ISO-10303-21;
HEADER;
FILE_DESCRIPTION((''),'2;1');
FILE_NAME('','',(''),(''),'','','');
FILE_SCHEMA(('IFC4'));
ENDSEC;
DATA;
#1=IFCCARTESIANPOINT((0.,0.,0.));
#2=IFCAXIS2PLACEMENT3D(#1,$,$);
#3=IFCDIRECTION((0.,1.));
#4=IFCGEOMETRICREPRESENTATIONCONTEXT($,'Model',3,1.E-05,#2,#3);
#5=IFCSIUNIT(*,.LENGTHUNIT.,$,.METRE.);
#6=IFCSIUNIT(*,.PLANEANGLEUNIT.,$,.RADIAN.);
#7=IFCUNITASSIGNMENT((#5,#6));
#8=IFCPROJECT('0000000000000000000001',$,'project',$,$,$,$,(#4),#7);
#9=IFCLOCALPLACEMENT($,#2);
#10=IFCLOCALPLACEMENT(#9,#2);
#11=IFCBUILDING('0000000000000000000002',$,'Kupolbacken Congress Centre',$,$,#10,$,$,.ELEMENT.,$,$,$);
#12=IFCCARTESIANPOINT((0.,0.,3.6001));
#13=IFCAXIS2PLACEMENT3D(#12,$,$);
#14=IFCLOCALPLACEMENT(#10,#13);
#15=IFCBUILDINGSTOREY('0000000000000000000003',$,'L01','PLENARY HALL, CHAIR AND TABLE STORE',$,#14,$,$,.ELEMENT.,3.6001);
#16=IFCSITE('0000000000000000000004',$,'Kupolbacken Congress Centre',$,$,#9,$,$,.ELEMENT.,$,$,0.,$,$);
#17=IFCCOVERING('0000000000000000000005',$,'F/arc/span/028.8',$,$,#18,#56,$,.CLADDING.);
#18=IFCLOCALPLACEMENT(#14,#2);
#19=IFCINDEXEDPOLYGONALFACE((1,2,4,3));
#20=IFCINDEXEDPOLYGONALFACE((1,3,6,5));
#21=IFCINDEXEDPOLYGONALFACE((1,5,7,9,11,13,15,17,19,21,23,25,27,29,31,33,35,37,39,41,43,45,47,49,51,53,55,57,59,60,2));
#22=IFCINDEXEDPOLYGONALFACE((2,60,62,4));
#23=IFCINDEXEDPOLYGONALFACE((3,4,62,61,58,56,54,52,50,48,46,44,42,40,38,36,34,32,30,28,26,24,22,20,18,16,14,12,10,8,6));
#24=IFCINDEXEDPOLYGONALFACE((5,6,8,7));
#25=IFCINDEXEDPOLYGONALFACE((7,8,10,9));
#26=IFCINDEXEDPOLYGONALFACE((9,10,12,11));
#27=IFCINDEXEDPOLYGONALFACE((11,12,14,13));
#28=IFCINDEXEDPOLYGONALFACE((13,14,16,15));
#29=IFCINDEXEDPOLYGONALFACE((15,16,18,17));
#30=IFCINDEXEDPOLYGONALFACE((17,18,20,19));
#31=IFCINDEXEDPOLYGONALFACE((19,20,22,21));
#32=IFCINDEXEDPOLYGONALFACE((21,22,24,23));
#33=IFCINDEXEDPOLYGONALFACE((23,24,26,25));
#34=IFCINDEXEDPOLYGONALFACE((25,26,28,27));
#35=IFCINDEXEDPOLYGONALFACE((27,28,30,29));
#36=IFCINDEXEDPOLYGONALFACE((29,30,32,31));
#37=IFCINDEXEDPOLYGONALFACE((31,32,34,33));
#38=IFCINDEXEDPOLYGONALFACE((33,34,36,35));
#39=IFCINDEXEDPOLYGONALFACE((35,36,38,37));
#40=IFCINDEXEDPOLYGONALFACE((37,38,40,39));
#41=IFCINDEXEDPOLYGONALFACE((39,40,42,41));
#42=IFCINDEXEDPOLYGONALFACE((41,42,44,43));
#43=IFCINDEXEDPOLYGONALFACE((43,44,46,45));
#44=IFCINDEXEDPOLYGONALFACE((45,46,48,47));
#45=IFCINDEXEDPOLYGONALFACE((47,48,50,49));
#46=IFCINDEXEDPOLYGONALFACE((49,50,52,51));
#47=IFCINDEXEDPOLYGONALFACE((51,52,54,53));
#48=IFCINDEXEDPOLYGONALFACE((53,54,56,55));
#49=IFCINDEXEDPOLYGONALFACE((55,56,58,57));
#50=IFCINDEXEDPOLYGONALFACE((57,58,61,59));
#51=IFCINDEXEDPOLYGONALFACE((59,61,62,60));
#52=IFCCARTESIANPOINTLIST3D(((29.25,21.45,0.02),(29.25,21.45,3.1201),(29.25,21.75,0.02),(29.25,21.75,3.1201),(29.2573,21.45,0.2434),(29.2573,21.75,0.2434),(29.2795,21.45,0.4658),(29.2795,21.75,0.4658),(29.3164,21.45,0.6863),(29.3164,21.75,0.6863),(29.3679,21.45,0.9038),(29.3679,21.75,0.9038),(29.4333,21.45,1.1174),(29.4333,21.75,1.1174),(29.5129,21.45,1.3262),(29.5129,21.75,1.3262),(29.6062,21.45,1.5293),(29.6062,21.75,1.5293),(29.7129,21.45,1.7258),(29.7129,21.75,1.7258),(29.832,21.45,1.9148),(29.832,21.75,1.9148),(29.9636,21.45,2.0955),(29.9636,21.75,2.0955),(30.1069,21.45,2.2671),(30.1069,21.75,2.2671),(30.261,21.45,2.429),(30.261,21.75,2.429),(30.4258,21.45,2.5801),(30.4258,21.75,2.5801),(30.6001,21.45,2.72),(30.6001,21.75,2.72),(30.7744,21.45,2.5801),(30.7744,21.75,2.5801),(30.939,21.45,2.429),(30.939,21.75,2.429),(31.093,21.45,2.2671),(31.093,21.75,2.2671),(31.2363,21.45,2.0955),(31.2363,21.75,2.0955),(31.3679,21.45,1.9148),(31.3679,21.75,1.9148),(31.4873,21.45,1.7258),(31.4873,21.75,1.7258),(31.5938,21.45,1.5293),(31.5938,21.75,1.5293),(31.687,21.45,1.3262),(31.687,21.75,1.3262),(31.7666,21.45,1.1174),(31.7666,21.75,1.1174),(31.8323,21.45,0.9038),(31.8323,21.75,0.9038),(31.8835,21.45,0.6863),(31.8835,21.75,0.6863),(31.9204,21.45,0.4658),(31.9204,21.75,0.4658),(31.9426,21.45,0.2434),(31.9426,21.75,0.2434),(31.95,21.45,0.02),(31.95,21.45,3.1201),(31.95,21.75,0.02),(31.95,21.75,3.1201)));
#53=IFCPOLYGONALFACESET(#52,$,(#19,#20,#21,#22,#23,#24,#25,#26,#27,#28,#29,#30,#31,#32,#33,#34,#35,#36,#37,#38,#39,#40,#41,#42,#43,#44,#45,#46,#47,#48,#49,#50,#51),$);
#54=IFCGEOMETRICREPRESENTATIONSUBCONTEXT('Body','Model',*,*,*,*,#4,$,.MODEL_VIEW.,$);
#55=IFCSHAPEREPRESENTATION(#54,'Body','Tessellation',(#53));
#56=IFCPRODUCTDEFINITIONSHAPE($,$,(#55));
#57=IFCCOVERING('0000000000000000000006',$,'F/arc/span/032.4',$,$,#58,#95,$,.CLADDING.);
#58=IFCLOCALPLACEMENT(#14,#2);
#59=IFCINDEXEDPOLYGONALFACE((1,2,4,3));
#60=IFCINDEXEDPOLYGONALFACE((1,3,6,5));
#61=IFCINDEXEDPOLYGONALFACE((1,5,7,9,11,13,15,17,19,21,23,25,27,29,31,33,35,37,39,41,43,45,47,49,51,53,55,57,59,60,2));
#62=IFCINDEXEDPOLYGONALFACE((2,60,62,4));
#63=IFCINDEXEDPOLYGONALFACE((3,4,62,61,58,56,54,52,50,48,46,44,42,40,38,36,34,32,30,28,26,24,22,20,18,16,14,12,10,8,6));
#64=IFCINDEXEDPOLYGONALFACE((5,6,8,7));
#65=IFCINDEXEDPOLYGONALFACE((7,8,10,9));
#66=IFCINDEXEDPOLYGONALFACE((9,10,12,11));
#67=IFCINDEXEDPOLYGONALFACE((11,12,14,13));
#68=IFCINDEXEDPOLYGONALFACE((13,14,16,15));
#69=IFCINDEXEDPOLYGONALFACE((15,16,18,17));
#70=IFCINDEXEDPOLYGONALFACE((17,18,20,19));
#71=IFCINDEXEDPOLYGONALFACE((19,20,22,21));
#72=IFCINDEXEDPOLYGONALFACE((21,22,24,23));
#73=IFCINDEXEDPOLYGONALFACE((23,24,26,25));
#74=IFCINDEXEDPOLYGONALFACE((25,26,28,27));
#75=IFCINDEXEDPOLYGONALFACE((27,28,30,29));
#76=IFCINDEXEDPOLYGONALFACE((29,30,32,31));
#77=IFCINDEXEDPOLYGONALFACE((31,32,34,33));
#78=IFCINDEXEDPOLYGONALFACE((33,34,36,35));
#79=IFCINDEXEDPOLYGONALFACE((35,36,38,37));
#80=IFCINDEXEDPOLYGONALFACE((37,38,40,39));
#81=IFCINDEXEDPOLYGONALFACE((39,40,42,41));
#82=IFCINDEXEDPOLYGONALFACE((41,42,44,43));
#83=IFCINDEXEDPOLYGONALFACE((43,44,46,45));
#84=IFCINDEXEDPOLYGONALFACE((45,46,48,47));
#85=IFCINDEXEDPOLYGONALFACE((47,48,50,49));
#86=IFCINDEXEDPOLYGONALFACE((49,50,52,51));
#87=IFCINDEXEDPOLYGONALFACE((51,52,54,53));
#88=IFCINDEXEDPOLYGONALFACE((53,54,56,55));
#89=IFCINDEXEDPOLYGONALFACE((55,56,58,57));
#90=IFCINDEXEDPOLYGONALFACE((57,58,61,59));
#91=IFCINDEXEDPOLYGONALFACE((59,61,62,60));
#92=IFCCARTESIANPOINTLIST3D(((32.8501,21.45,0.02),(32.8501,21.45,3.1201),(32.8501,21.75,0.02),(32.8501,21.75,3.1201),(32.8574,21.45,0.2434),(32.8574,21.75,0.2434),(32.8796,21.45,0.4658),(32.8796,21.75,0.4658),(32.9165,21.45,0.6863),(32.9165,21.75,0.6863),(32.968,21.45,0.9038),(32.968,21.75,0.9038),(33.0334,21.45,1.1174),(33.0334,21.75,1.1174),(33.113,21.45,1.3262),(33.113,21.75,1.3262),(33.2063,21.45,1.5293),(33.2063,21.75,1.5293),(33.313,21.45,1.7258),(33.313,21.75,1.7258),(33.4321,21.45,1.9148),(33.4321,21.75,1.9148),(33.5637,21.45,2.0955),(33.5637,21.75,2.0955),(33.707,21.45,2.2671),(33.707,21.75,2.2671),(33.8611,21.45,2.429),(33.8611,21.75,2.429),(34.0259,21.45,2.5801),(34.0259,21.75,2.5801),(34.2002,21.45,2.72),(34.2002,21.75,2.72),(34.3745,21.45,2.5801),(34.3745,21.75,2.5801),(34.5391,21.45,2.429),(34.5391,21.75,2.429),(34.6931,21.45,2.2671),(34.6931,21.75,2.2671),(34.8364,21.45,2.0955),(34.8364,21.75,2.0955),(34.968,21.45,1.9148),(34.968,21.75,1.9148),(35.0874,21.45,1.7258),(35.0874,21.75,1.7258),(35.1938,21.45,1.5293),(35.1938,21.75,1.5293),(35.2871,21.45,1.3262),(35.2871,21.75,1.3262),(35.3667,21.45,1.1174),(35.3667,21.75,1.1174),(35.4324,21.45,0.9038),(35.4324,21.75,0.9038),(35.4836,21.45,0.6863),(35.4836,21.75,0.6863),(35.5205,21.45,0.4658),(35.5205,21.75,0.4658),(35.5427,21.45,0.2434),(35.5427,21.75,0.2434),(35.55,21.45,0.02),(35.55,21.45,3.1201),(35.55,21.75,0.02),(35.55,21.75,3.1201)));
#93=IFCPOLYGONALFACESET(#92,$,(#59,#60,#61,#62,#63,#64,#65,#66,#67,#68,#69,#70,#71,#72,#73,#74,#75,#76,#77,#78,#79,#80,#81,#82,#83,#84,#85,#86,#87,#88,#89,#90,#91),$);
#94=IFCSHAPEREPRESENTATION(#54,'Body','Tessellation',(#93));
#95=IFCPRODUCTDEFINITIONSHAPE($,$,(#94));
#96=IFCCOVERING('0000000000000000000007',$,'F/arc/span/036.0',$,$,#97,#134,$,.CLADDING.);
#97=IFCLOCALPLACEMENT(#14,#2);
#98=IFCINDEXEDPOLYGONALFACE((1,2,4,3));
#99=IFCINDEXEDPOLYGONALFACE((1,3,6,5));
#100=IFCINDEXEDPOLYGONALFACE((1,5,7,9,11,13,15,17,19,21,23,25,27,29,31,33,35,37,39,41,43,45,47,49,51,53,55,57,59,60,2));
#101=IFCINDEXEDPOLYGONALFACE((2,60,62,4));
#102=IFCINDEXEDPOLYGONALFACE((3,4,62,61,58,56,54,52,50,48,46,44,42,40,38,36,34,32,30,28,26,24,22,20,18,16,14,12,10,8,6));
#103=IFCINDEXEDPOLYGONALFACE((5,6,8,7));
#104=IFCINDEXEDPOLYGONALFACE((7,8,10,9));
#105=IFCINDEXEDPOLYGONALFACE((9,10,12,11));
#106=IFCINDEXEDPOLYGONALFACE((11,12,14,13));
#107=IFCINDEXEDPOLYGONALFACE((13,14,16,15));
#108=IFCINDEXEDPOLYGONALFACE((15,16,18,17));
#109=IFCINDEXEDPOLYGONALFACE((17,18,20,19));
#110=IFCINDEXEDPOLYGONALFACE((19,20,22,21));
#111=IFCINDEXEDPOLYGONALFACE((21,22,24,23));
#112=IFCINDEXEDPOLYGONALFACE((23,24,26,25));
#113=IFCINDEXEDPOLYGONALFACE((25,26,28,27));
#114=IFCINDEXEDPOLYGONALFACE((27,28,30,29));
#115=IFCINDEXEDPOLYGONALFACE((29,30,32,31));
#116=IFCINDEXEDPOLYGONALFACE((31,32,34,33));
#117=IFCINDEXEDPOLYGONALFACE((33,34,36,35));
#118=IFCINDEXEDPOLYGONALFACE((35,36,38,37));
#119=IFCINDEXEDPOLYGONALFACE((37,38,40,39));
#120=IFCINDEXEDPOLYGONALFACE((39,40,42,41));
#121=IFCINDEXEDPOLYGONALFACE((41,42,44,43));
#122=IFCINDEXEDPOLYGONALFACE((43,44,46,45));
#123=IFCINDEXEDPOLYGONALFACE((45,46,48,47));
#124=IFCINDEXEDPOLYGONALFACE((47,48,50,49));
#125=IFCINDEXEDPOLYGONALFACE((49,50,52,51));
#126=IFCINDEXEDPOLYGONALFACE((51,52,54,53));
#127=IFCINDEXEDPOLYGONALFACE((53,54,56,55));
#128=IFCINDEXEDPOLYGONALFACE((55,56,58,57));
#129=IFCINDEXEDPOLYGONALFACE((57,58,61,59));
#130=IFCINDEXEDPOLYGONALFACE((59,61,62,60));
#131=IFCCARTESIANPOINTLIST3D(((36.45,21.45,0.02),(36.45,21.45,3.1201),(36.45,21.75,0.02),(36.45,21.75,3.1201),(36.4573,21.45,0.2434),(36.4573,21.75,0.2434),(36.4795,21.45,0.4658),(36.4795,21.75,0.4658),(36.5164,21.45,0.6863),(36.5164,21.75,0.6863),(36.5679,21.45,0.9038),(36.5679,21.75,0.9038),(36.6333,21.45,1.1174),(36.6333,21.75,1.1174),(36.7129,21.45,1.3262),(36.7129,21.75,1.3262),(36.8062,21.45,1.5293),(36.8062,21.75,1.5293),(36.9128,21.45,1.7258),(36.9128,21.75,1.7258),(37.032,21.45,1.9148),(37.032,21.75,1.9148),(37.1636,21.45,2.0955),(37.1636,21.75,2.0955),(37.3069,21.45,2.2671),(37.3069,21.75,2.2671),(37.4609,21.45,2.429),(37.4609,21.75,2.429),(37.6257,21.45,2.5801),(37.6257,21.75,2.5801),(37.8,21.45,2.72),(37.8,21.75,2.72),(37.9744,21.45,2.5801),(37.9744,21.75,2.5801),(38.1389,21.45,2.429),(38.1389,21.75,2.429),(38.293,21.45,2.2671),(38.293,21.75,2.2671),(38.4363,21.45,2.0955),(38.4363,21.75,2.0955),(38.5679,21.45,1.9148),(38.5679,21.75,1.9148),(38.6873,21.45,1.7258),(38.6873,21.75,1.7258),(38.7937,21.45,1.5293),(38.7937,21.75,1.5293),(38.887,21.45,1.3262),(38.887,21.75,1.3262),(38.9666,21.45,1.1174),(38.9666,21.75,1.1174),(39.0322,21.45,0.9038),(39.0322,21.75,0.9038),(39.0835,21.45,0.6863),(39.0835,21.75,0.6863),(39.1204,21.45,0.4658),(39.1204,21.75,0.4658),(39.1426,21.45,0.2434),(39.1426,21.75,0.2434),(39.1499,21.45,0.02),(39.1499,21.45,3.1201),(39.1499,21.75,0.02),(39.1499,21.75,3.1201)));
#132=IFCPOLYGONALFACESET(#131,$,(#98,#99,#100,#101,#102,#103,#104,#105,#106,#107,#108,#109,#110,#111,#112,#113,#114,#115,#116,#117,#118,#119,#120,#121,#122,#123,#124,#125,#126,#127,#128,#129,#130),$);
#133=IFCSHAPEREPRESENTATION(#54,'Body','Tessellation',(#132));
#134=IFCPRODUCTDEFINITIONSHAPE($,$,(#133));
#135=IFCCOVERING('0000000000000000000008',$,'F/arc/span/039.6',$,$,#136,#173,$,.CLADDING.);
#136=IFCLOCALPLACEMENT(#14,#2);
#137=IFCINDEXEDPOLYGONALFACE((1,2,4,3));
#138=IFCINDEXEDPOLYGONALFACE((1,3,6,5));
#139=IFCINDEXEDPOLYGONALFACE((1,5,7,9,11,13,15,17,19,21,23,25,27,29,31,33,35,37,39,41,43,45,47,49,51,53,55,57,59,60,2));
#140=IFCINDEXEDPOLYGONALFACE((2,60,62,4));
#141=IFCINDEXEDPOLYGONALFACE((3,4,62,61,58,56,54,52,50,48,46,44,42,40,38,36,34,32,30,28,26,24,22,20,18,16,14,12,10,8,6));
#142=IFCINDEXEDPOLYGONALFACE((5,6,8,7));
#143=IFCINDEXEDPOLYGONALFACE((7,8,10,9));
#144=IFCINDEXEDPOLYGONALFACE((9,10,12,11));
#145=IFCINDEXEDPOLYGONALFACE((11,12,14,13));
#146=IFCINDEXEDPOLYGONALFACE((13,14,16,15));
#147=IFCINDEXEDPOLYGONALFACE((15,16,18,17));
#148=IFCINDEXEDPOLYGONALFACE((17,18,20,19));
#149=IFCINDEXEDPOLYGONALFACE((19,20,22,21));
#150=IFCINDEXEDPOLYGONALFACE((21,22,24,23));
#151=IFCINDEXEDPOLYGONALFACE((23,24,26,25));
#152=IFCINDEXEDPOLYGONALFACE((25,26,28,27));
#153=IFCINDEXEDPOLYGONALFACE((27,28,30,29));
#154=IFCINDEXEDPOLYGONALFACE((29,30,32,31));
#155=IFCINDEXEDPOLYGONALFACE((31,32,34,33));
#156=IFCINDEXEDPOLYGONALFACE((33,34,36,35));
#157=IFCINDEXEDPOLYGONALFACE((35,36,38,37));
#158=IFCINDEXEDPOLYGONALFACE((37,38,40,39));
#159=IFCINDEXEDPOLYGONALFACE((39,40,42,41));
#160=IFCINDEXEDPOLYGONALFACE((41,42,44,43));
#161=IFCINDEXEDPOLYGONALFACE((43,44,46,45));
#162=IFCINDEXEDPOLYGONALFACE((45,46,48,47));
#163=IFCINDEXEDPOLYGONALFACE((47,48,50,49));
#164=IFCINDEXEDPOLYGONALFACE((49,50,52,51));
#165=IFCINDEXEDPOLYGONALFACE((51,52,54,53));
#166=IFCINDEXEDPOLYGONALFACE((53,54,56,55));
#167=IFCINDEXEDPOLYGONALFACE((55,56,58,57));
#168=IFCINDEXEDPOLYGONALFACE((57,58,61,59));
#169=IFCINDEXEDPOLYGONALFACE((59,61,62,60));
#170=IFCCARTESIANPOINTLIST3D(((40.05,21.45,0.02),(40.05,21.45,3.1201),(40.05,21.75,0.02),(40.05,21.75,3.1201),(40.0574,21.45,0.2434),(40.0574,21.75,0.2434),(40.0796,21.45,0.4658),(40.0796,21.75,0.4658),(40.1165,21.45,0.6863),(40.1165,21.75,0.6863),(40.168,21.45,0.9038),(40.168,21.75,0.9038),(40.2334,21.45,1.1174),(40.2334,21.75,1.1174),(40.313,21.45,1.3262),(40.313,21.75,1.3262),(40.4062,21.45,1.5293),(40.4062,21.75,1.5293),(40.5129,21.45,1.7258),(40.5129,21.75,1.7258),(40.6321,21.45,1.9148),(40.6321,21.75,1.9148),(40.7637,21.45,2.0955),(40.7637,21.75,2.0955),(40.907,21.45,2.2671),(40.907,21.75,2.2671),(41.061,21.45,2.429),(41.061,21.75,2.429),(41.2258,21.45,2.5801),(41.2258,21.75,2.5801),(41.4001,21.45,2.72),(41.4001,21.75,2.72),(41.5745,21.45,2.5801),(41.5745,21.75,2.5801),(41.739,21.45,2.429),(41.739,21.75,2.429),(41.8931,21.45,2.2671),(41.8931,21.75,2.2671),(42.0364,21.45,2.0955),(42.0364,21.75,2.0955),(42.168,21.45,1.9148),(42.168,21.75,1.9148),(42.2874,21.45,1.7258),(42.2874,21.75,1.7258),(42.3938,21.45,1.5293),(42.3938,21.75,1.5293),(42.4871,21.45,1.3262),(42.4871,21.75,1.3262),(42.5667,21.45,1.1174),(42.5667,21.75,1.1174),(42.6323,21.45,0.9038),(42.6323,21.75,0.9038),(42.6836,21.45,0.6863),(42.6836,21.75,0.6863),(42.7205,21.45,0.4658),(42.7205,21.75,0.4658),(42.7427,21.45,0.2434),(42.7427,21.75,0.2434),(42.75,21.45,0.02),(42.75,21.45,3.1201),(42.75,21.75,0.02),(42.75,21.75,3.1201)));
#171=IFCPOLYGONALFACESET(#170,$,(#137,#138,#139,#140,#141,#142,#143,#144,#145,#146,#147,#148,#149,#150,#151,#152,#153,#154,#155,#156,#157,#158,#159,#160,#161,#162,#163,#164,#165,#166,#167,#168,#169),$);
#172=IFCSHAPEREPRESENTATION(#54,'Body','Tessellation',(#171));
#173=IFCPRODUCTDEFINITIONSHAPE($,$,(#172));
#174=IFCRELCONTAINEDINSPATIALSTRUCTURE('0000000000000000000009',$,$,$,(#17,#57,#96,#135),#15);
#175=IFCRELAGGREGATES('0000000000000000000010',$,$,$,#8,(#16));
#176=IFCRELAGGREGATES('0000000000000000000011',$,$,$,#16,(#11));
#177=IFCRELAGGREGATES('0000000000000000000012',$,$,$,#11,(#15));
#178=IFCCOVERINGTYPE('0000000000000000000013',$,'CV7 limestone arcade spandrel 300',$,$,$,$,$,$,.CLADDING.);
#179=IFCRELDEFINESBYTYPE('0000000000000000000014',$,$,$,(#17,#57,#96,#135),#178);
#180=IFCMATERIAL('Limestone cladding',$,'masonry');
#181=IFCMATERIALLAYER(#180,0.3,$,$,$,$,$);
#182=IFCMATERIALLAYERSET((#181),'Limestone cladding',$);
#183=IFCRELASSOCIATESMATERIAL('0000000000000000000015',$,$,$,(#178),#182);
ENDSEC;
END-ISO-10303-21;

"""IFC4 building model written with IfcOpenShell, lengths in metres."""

from ifc_helpers import new_model, si_unit, direction, frame, origin, place, context, subcontext, project, spatial, polyline, outline, extrude, material, layer, layer_set, type_object, element, save


model = new_model("IFC4")

# Units and contexts
model_context = context("Model", 3, precision=1e-05, world=origin(), true_north=direction((0.0, 1.0)))
body_context = subcontext(model_context, "Body", "Model", "MODEL_VIEW")
ifc_project = project(units=[si_unit("LENGTHUNIT", "METRE"), si_unit("PLANEANGLEUNIT", "RADIAN")], contexts=[model_context])

# Site, building, storey
site_placement = place(None, origin())
site = spatial("IfcSite", under=ifc_project, at=site_placement, Name="Kupolbacken Congress Centre", CompositionType="ELEMENT", RefElevation=0.0)
building_placement = place(site_placement, origin())
building = spatial("IfcBuilding", under=site, at=building_placement, Name="Kupolbacken Congress Centre", CompositionType="ELEMENT")
storey_placement = place(building_placement, frame((0.0, 0.0, 3.6001)))
storey = spatial("IfcBuildingStorey", under=building, at=storey_placement, Name="L01", Description="PLENARY HALL, CHAIR AND TABLE STORE", CompositionType="ELEMENT", Elevation=3.6001)

# Coverings
ifc_material_1 = material(Name="Limestone cladding", Category="masonry")
ifc_layer_1 = layer(ifc_material_1, 0.3)
ifc_layer_set_1 = layer_set([ifc_layer_1], Name="Limestone cladding")
covering_type = type_object("IfcCoveringType", Name="CV7 limestone arcade spandrel 300", PredefinedType="CLADDING", material=ifc_layer_set_1)
covering_1_placement = place(storey_placement, frame((29.25, 21.45, 0.02), z_axis=(0.0, 1.0, 0.0), x_axis=(-1.0, 0.0, 0.0)))
element("IfcCovering", 1, at=covering_1_placement, inside=storey, type_object=covering_type, Name="F/arc/span/028.8", PredefinedType="CLADDING", context=body_context, shape_type="SweptSolid", body=[
    extrude(outline(polyline([(0.0, 0.0), (0.0, 3.1001), (-2.7, 3.1001), (-2.7, 0.0), (-2.6926, 0.2234), (-2.6704, 0.4458), (-2.6335, 0.6663), (-2.5823, 0.8838), (-2.5166, 1.0974), (-2.437, 1.3062), (-2.3438, 1.5093), (-2.2373, 1.7058), (-2.1179, 1.8948), (-1.9863, 2.0754), (-1.843, 2.2471), (-1.689, 2.4089), (-1.5244, 2.5601), (-1.3501, 2.7), (-1.1758, 2.5601), (-1.011, 2.4089), (-0.8569, 2.2471), (-0.7136, 2.0754), (-0.582, 1.8948), (-0.4629, 1.7058), (-0.3562, 1.5093), (-0.2629, 1.3062), (-0.1833, 1.0974), (-0.1179, 0.8838), (-0.0664, 0.6663), (-0.0295, 0.4458), (-0.0073, 0.2234), (0.0, 0.0)])), origin(), (0.0, 0.0, 1.0), 0.3),
])
covering_2_placement = place(storey_placement, frame((32.8501, 21.45, 0.02), z_axis=(0.0, 1.0, 0.0), x_axis=(-1.0, 0.0, 0.0)))
element("IfcCovering", 2, at=covering_2_placement, inside=storey, type_object=covering_type, Name="F/arc/span/032.4", PredefinedType="CLADDING", context=body_context, shape_type="SweptSolid", body=[
    extrude(outline(polyline([(0.0, 0.0), (0.0, 3.1001), (-2.7, 3.1001), (-2.7, 0.0), (-2.6926, 0.2234), (-2.6704, 0.4458), (-2.6335, 0.6663), (-2.5823, 0.8838), (-2.5166, 1.0974), (-2.437, 1.3062), (-2.3438, 1.5093), (-2.2373, 1.7058), (-2.1179, 1.8948), (-1.9863, 2.0754), (-1.843, 2.2471), (-1.689, 2.4089), (-1.5244, 2.5601), (-1.3501, 2.7), (-1.1758, 2.5601), (-1.011, 2.4089), (-0.8569, 2.2471), (-0.7136, 2.0754), (-0.582, 1.8948), (-0.4629, 1.7058), (-0.3562, 1.5093), (-0.2629, 1.3062), (-0.1833, 1.0974), (-0.1179, 0.8838), (-0.0664, 0.6663), (-0.0295, 0.4458), (-0.0073, 0.2234), (0.0, 0.0)])), origin(), (0.0, 0.0, 1.0), 0.3),
])
covering_3_placement = place(storey_placement, frame((36.45, 21.45, 0.02), z_axis=(0.0, 1.0, 0.0), x_axis=(-1.0, 0.0, 0.0)))
element("IfcCovering", 3, at=covering_3_placement, inside=storey, type_object=covering_type, Name="F/arc/span/036.0", PredefinedType="CLADDING", context=body_context, shape_type="SweptSolid", body=[
    extrude(outline(polyline([(0.0, 0.0), (0.0, 3.1001), (-2.7, 3.1001), (-2.7, 0.0), (-2.6926, 0.2234), (-2.6704, 0.4458), (-2.6335, 0.6663), (-2.5823, 0.8838), (-2.5166, 1.0974), (-2.437, 1.3062), (-2.3438, 1.5093), (-2.2373, 1.7058), (-2.1179, 1.8948), (-1.9863, 2.0754), (-1.843, 2.2471), (-1.689, 2.4089), (-1.5244, 2.5601), (-1.3501, 2.7), (-1.1758, 2.5601), (-1.011, 2.4089), (-0.8569, 2.2471), (-0.7136, 2.0754), (-0.582, 1.8948), (-0.4629, 1.7058), (-0.3562, 1.5093), (-0.2629, 1.3062), (-0.1833, 1.0974), (-0.1179, 0.8838), (-0.0664, 0.6663), (-0.0295, 0.4458), (-0.0073, 0.2234), (0.0, 0.0)])), origin(), (0.0, 0.0, 1.0), 0.3),
])
covering_4_placement = place(storey_placement, frame((40.05, 21.45, 0.02), z_axis=(0.0, 1.0, 0.0), x_axis=(-1.0, 0.0, 0.0)))
element("IfcCovering", 4, at=covering_4_placement, inside=storey, type_object=covering_type, Name="F/arc/span/039.6", PredefinedType="CLADDING", context=body_context, shape_type="SweptSolid", body=[
    extrude(outline(polyline([(0.0, 0.0), (0.0, 3.1001), (-2.7, 3.1001), (-2.7, 0.0), (-2.6926, 0.2234), (-2.6704, 0.4458), (-2.6335, 0.6663), (-2.5823, 0.8838), (-2.5166, 1.0974), (-2.437, 1.3062), (-2.3438, 1.5093), (-2.2373, 1.7058), (-2.1179, 1.8948), (-1.9863, 2.0754), (-1.843, 2.2471), (-1.689, 2.4089), (-1.5244, 2.5601), (-1.3501, 2.7), (-1.1758, 2.5601), (-1.011, 2.4089), (-0.8569, 2.2471), (-0.7136, 2.0754), (-0.582, 1.8948), (-0.4629, 1.7058), (-0.3562, 1.5093), (-0.2629, 1.3062), (-0.1833, 1.0974), (-0.1179, 0.8838), (-0.0664, 0.6663), (-0.0295, 0.4458), (-0.0073, 0.2234), (0.0, 0.0)])), origin(), (0.0, 0.0, 1.0), 0.3),
])

save(model, "model.ifc")
